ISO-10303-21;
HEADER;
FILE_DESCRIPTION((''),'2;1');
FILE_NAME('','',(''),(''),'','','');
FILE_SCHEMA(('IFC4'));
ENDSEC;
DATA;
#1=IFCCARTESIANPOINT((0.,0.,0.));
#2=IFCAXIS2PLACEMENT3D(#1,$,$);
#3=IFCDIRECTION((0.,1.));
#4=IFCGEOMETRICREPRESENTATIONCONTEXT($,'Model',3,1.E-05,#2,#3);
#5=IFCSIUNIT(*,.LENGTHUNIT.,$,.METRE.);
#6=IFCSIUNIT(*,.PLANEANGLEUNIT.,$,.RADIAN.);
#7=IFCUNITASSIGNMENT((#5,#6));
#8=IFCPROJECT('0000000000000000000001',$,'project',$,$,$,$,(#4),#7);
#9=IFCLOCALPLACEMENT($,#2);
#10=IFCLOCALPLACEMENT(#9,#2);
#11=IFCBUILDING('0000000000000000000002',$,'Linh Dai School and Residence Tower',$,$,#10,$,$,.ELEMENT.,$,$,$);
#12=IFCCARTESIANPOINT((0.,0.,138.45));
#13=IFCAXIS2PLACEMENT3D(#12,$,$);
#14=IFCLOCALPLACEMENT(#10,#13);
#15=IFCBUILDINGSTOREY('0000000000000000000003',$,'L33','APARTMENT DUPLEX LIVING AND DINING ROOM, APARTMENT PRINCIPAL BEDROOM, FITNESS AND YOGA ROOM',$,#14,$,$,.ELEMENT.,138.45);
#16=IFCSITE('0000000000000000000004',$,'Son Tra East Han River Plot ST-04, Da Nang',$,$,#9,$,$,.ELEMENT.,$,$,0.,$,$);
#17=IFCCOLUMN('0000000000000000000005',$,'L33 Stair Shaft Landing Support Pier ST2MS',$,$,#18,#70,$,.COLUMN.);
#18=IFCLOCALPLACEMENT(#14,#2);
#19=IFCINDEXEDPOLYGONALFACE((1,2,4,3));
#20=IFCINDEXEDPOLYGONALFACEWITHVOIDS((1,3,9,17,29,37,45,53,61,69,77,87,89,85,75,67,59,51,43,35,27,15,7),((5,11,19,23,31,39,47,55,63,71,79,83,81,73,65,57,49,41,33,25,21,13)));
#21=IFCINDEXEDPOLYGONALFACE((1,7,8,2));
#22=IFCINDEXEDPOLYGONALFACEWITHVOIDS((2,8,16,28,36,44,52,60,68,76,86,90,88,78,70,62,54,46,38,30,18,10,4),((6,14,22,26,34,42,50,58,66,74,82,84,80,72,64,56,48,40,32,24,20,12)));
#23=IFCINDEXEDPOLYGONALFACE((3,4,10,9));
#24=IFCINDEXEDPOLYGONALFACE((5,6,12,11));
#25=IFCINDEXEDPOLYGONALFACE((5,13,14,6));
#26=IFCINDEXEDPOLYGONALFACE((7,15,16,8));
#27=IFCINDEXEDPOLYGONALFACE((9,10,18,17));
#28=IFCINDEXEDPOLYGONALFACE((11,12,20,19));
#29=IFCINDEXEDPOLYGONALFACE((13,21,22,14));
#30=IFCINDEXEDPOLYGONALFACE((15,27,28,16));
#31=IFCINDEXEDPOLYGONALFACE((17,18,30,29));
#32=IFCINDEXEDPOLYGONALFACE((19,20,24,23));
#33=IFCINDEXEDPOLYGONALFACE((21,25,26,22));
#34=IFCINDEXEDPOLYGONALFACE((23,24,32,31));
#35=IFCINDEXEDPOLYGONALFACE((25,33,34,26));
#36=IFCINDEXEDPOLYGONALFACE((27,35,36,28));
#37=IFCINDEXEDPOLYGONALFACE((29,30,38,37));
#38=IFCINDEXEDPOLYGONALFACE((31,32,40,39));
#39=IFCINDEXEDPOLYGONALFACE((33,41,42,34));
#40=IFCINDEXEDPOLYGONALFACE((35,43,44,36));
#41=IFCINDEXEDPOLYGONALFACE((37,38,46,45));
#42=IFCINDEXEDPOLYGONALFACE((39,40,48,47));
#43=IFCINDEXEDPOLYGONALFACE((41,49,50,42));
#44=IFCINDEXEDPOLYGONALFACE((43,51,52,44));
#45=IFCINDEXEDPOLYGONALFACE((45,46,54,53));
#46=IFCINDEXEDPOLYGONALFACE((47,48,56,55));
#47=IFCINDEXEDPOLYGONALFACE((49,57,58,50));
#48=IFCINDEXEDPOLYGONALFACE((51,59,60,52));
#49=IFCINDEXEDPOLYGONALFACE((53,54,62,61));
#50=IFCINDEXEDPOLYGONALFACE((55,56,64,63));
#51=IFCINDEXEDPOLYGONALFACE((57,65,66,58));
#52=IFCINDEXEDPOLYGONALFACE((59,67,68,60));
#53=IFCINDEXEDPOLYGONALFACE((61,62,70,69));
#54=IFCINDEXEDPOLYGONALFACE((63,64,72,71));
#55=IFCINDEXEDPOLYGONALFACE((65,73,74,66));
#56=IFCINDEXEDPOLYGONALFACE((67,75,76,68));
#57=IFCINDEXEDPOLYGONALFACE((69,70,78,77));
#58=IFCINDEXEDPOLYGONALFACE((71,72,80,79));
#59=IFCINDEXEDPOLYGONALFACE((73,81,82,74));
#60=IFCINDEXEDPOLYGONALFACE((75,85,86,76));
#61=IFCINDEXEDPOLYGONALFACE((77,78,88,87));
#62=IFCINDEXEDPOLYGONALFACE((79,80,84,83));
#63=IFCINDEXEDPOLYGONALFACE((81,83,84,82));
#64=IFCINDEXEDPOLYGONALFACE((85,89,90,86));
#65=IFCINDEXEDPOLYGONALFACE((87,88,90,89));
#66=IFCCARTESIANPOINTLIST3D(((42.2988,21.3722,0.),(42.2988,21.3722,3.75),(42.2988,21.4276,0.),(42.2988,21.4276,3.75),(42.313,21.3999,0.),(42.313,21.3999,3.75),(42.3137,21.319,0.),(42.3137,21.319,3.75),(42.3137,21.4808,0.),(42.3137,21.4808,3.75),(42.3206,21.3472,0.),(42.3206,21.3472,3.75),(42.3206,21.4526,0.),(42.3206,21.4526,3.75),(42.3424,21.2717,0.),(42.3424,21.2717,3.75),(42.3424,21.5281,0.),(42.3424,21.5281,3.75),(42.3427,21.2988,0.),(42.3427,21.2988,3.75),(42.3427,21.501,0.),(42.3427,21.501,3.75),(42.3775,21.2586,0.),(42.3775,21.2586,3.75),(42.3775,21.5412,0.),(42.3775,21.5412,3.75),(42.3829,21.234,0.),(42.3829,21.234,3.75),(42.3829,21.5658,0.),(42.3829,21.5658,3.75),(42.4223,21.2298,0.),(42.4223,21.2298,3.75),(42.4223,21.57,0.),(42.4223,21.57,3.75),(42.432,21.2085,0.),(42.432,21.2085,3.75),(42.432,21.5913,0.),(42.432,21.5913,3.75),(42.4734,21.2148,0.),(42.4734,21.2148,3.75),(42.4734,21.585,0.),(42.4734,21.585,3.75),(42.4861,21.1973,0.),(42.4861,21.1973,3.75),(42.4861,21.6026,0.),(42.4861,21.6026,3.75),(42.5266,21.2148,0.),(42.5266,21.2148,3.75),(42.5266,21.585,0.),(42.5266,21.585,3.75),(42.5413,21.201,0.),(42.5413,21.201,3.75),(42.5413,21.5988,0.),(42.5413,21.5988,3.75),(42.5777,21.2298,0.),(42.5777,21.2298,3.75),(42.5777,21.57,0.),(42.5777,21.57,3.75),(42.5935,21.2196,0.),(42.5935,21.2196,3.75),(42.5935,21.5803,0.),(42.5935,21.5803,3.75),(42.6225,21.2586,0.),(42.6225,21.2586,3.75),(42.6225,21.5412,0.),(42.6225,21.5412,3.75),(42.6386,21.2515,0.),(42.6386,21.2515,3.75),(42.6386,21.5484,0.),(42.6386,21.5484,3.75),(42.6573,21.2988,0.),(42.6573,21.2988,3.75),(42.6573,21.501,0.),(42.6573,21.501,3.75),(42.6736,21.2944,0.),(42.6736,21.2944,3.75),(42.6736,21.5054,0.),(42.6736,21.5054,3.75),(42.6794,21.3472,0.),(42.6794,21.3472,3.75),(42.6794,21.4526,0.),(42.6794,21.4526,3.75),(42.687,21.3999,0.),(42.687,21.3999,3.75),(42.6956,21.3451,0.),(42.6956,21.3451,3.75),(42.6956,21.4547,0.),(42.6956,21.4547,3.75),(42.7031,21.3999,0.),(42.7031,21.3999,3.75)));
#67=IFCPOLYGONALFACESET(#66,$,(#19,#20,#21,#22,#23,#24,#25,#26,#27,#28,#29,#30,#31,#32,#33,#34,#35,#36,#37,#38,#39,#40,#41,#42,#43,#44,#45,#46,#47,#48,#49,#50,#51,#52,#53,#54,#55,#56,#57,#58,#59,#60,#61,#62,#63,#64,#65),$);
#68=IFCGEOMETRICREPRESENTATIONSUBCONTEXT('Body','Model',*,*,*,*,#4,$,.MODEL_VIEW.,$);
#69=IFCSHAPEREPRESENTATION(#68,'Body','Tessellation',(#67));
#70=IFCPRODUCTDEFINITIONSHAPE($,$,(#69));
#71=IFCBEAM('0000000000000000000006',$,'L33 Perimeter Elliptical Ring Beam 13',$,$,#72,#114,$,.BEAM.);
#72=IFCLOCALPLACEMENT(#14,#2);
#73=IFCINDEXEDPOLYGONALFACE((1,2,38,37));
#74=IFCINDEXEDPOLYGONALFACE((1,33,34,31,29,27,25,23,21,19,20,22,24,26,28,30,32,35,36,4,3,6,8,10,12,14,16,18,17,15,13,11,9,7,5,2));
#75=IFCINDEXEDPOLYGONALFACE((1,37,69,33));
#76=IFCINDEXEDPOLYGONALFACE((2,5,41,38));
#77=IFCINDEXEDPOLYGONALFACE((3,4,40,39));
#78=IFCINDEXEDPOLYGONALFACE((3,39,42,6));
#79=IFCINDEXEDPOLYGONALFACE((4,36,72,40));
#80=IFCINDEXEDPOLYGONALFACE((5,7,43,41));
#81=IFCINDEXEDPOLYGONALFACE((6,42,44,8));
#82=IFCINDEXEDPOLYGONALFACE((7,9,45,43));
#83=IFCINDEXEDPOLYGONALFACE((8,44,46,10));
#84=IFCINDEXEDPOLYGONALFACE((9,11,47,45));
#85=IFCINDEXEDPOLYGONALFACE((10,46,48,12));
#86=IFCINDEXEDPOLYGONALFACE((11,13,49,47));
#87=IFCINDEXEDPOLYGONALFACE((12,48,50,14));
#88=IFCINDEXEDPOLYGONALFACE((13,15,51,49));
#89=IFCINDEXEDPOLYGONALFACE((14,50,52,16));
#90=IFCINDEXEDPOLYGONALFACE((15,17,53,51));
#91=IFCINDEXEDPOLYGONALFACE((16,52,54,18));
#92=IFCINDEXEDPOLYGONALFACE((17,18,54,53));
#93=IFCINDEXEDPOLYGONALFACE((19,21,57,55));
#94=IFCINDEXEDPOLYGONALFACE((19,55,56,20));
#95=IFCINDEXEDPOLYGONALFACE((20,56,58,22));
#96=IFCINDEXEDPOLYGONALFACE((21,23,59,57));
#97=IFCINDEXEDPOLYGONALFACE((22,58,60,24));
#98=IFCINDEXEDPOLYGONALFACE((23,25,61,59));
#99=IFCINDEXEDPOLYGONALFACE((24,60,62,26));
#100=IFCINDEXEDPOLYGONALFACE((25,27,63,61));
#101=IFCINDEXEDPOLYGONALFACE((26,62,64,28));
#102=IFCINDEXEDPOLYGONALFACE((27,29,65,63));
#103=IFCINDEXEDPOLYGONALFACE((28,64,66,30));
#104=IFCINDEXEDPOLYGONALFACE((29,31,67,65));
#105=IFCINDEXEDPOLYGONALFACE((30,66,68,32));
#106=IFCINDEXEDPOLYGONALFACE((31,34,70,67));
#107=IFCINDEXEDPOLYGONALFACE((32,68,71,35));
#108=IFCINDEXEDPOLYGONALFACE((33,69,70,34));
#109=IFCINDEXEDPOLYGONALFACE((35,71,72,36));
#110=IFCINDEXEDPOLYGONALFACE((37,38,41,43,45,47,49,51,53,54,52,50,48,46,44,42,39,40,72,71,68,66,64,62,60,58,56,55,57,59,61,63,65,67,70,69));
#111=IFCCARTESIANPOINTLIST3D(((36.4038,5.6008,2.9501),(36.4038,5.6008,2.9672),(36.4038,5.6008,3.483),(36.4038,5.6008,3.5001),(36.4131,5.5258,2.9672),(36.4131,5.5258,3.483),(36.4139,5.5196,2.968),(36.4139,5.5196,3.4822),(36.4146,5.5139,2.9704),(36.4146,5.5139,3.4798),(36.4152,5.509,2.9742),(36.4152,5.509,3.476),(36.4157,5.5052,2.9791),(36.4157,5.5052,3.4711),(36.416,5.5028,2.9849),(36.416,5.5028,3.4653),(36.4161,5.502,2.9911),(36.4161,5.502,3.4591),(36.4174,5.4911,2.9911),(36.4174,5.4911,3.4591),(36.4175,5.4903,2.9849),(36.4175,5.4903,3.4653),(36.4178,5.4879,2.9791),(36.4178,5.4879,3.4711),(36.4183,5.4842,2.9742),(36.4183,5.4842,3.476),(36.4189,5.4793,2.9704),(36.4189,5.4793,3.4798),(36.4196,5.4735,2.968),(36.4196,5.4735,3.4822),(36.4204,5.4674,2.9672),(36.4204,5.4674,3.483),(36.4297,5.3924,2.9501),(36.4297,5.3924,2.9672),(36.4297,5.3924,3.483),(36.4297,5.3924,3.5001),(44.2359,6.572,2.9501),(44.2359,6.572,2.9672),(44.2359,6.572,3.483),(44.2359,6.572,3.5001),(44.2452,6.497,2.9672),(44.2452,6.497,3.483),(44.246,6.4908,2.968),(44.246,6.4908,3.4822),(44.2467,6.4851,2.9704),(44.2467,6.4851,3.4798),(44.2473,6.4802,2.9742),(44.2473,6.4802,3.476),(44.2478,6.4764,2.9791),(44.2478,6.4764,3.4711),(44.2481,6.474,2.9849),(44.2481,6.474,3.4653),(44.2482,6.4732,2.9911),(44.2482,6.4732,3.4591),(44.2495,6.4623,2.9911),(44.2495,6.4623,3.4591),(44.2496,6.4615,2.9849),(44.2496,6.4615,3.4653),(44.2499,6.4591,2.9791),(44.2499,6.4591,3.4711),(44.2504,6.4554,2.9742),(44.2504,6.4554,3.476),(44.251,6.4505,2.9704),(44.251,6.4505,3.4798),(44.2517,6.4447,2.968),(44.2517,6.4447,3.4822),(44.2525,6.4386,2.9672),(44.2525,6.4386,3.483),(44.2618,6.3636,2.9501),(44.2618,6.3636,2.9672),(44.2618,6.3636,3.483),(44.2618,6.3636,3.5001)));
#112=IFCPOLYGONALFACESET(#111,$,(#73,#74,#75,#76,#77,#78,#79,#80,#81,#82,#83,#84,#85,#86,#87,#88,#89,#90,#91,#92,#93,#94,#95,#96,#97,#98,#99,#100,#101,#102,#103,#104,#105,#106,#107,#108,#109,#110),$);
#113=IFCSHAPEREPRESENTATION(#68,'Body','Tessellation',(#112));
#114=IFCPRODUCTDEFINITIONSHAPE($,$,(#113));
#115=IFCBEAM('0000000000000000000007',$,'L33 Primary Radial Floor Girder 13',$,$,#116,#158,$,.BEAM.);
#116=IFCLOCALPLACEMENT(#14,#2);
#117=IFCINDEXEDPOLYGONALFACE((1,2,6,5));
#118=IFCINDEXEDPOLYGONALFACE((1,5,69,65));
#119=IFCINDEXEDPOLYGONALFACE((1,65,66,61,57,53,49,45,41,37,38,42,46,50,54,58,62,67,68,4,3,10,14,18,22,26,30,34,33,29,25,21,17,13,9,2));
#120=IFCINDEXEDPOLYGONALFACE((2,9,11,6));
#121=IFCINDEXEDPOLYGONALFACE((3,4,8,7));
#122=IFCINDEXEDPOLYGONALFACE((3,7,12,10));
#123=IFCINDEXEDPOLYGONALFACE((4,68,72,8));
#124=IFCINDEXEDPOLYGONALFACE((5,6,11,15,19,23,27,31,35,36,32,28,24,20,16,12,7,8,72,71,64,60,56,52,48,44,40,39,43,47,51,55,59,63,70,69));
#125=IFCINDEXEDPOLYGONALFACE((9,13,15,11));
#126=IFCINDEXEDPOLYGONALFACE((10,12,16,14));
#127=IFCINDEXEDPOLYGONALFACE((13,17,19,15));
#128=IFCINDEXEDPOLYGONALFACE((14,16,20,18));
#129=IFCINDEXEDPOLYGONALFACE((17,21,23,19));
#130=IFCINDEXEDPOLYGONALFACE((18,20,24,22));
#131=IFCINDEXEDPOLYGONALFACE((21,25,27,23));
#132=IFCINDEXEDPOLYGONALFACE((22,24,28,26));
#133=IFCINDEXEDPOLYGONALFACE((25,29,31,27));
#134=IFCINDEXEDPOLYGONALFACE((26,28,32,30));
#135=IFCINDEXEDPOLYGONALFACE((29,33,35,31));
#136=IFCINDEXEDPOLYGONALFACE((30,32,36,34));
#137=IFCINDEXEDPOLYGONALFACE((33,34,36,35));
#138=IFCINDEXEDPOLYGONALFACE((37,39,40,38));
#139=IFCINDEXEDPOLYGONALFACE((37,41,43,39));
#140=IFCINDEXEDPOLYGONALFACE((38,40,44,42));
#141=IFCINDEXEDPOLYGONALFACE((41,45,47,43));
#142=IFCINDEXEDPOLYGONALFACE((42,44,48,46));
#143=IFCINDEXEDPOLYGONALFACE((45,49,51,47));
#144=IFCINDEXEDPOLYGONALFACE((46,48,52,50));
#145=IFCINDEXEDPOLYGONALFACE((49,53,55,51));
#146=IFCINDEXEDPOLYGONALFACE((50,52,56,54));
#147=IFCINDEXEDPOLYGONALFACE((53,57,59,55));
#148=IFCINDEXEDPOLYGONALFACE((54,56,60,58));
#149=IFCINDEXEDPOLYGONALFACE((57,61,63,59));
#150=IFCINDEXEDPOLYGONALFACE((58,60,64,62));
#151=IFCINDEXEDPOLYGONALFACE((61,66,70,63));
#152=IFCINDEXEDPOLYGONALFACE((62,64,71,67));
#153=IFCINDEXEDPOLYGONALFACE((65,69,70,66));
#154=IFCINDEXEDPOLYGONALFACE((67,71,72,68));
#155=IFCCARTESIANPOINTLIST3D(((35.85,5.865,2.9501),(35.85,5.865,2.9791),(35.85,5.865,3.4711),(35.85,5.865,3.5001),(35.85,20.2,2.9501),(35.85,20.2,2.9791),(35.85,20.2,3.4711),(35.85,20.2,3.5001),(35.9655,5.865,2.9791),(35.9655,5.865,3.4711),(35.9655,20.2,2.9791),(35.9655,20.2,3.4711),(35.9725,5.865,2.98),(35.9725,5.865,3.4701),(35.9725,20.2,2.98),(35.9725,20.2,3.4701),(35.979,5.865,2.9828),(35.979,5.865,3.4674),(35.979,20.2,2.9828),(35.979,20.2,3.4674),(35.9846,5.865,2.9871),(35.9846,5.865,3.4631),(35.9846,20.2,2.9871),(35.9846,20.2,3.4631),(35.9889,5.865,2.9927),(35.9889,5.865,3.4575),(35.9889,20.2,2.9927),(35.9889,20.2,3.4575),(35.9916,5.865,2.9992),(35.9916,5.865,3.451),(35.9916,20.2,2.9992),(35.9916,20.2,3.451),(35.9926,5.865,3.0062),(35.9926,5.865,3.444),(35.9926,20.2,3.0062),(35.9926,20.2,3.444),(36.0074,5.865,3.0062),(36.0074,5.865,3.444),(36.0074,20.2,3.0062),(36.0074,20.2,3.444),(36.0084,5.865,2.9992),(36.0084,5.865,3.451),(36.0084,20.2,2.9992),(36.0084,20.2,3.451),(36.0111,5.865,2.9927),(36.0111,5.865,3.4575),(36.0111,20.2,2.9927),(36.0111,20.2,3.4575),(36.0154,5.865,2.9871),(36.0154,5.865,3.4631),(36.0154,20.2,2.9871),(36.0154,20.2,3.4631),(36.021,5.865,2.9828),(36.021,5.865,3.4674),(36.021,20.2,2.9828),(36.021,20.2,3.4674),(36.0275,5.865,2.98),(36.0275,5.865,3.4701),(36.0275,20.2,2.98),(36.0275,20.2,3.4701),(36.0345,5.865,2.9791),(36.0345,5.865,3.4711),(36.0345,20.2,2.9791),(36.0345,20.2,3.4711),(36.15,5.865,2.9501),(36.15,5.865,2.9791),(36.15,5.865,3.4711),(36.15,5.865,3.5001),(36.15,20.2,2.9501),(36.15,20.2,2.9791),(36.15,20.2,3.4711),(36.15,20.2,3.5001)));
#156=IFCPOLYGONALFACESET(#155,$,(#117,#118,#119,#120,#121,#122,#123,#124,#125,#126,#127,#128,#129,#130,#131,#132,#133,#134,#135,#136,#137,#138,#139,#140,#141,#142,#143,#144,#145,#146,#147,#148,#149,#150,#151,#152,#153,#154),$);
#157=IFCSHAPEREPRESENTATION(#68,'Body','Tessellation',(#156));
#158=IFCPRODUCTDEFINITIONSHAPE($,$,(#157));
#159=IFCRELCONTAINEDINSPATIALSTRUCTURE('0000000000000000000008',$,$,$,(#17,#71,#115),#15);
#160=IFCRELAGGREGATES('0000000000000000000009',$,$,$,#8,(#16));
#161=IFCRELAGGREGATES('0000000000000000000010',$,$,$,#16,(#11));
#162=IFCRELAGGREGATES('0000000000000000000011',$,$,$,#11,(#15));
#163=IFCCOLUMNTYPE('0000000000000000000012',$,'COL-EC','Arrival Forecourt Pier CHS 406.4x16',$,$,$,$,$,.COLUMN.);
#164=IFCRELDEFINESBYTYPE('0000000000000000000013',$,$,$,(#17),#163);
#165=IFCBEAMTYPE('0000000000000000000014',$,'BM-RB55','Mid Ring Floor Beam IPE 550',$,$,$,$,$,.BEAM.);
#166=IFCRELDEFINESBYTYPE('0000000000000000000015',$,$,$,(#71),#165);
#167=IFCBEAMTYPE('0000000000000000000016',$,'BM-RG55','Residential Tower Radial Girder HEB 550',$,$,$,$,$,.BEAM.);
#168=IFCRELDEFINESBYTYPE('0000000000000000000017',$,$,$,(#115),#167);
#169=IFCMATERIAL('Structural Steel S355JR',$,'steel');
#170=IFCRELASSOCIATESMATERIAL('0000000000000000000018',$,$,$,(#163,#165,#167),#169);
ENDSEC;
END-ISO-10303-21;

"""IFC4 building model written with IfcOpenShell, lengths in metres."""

from ifc_helpers import new_model, si_unit, direction, frame, origin, origin_2d, place, context, subcontext, project, spatial, hollow_circle, i_section, extrude, material, material_profile, profile_set, type_object, element, save


model = new_model("IFC4")

# Units and contexts
model_context = context("Model", 3, precision=1e-05, world=origin(), true_north=direction((0.0, 1.0)))
body_context = subcontext(model_context, "Body", "Model", "MODEL_VIEW")
ifc_project = project(units=[si_unit("LENGTHUNIT", "METRE"), si_unit("PLANEANGLEUNIT", "RADIAN")], contexts=[model_context])

# Site, building, storey
site_placement = place(None, origin())
site = spatial("IfcSite", under=ifc_project, at=site_placement, Name="Son Tra East Han River Plot ST-04, Da Nang", CompositionType="ELEMENT", RefElevation=0.0)
building_placement = place(site_placement, origin())
building = spatial("IfcBuilding", under=site, at=building_placement, Name="Linh Dai School and Residence Tower", CompositionType="ELEMENT")
storey_placement = place(building_placement, frame((0.0, 0.0, 138.45)))
storey = spatial("IfcBuildingStorey", under=building, at=storey_placement, Name="L33", Description="APARTMENT DUPLEX LIVING AND DINING ROOM, APARTMENT PRINCIPAL BEDROOM, FITNESS AND YOGA ROOM", CompositionType="ELEMENT", Elevation=138.45)

# Column
ifc_material_1 = material(Name="Structural Steel S355JR", Category="steel")
ifc_material_profile_1 = material_profile(ifc_material_1, hollow_circle(Radius=0.2031, WallThickness=0.0161, at=origin_2d()), Name="CHS 406.4x16")
ifc_profile_set_1 = profile_set([ifc_material_profile_1], Name="Structural Steel S355JR")
column_type = type_object("IfcColumnType", Name="COL-EC", Description="Arrival Forecourt Pier CHS 406.4x16", PredefinedType="COLUMN", material=ifc_profile_set_1)
column_placement = place(storey_placement, frame((42.5, 21.3999, 0.0), z_axis=(0.0, 0.0, 1.0), x_axis=(1.0, 0.0, 0.0)))
element("IfcColumn", 1, at=column_placement, inside=storey, type_object=column_type, Name="L33 Stair Shaft Landing Support Pier ST2MS", PredefinedType="COLUMN", context=body_context, shape_type="SweptSolid", body=[
    extrude(hollow_circle(Radius=0.2031, WallThickness=0.0161, at=origin_2d()), origin(), (0.0, 0.0, 1.0), 3.75),
])

# Beams
ifc_material_profile_2 = material_profile(ifc_material_1, i_section(OverallWidth=0.21, OverallDepth=0.55, WebThickness=0.011, FlangeThickness=0.0171, FilletRadius=0.0239, at=origin_2d()), Name="IPE 550")
ifc_profile_set_2 = profile_set([ifc_material_profile_2], Name="Structural Steel S355JR")
beam_type_1 = type_object("IfcBeamType", Name="BM-RB55", Description="Mid Ring Floor Beam IPE 550", PredefinedType="BEAM", material=ifc_profile_set_2)
beam_1_placement = place(storey_placement, frame((36.4167, 5.4966, 3.2251), z_axis=(0.992399, 0.12306, 0.0), x_axis=(-0.12306, 0.992399, 0.0)))
element("IfcBeam", 2, at=beam_1_placement, inside=storey, type_object=beam_type_1, Name="L33 Perimeter Elliptical Ring Beam 13", PredefinedType="BEAM", context=body_context, shape_type="SweptSolid", body=[
    extrude(i_section(OverallWidth=0.21, OverallDepth=0.55, WebThickness=0.011, FlangeThickness=0.0171, FilletRadius=0.0239, at=origin_2d()), origin(), (0.0, 0.0, 1.0), 7.8921),
])
ifc_material_profile_3 = material_profile(ifc_material_1, i_section(OverallWidth=0.3, OverallDepth=0.55, WebThickness=0.0149, FlangeThickness=0.0291, FilletRadius=0.0271, at=origin_2d()), Name="HEB 550")
ifc_profile_set_3 = profile_set([ifc_material_profile_3], Name="Structural Steel S355JR")
beam_type_2 = type_object("IfcBeamType", Name="BM-RG55", Description="Residential Tower Radial Girder HEB 550", PredefinedType="BEAM", material=ifc_profile_set_3)
beam_2_placement = place(storey_placement, frame((36.0, 20.2, 3.2251), z_axis=(0.0, -1.0, 0.0), x_axis=(1.0, 0.0, 0.0)))
element("IfcBeam", 3, at=beam_2_placement, inside=storey, type_object=beam_type_2, Name="L33 Primary Radial Floor Girder 13", PredefinedType="BEAM", context=body_context, shape_type="SweptSolid", body=[
    extrude(i_section(OverallWidth=0.3, OverallDepth=0.55, WebThickness=0.0149, FlangeThickness=0.0291, FilletRadius=0.0271, at=origin_2d()), origin(), (0.0, 0.0, 1.0), 14.335),
])

save(model, "model.ifc")
